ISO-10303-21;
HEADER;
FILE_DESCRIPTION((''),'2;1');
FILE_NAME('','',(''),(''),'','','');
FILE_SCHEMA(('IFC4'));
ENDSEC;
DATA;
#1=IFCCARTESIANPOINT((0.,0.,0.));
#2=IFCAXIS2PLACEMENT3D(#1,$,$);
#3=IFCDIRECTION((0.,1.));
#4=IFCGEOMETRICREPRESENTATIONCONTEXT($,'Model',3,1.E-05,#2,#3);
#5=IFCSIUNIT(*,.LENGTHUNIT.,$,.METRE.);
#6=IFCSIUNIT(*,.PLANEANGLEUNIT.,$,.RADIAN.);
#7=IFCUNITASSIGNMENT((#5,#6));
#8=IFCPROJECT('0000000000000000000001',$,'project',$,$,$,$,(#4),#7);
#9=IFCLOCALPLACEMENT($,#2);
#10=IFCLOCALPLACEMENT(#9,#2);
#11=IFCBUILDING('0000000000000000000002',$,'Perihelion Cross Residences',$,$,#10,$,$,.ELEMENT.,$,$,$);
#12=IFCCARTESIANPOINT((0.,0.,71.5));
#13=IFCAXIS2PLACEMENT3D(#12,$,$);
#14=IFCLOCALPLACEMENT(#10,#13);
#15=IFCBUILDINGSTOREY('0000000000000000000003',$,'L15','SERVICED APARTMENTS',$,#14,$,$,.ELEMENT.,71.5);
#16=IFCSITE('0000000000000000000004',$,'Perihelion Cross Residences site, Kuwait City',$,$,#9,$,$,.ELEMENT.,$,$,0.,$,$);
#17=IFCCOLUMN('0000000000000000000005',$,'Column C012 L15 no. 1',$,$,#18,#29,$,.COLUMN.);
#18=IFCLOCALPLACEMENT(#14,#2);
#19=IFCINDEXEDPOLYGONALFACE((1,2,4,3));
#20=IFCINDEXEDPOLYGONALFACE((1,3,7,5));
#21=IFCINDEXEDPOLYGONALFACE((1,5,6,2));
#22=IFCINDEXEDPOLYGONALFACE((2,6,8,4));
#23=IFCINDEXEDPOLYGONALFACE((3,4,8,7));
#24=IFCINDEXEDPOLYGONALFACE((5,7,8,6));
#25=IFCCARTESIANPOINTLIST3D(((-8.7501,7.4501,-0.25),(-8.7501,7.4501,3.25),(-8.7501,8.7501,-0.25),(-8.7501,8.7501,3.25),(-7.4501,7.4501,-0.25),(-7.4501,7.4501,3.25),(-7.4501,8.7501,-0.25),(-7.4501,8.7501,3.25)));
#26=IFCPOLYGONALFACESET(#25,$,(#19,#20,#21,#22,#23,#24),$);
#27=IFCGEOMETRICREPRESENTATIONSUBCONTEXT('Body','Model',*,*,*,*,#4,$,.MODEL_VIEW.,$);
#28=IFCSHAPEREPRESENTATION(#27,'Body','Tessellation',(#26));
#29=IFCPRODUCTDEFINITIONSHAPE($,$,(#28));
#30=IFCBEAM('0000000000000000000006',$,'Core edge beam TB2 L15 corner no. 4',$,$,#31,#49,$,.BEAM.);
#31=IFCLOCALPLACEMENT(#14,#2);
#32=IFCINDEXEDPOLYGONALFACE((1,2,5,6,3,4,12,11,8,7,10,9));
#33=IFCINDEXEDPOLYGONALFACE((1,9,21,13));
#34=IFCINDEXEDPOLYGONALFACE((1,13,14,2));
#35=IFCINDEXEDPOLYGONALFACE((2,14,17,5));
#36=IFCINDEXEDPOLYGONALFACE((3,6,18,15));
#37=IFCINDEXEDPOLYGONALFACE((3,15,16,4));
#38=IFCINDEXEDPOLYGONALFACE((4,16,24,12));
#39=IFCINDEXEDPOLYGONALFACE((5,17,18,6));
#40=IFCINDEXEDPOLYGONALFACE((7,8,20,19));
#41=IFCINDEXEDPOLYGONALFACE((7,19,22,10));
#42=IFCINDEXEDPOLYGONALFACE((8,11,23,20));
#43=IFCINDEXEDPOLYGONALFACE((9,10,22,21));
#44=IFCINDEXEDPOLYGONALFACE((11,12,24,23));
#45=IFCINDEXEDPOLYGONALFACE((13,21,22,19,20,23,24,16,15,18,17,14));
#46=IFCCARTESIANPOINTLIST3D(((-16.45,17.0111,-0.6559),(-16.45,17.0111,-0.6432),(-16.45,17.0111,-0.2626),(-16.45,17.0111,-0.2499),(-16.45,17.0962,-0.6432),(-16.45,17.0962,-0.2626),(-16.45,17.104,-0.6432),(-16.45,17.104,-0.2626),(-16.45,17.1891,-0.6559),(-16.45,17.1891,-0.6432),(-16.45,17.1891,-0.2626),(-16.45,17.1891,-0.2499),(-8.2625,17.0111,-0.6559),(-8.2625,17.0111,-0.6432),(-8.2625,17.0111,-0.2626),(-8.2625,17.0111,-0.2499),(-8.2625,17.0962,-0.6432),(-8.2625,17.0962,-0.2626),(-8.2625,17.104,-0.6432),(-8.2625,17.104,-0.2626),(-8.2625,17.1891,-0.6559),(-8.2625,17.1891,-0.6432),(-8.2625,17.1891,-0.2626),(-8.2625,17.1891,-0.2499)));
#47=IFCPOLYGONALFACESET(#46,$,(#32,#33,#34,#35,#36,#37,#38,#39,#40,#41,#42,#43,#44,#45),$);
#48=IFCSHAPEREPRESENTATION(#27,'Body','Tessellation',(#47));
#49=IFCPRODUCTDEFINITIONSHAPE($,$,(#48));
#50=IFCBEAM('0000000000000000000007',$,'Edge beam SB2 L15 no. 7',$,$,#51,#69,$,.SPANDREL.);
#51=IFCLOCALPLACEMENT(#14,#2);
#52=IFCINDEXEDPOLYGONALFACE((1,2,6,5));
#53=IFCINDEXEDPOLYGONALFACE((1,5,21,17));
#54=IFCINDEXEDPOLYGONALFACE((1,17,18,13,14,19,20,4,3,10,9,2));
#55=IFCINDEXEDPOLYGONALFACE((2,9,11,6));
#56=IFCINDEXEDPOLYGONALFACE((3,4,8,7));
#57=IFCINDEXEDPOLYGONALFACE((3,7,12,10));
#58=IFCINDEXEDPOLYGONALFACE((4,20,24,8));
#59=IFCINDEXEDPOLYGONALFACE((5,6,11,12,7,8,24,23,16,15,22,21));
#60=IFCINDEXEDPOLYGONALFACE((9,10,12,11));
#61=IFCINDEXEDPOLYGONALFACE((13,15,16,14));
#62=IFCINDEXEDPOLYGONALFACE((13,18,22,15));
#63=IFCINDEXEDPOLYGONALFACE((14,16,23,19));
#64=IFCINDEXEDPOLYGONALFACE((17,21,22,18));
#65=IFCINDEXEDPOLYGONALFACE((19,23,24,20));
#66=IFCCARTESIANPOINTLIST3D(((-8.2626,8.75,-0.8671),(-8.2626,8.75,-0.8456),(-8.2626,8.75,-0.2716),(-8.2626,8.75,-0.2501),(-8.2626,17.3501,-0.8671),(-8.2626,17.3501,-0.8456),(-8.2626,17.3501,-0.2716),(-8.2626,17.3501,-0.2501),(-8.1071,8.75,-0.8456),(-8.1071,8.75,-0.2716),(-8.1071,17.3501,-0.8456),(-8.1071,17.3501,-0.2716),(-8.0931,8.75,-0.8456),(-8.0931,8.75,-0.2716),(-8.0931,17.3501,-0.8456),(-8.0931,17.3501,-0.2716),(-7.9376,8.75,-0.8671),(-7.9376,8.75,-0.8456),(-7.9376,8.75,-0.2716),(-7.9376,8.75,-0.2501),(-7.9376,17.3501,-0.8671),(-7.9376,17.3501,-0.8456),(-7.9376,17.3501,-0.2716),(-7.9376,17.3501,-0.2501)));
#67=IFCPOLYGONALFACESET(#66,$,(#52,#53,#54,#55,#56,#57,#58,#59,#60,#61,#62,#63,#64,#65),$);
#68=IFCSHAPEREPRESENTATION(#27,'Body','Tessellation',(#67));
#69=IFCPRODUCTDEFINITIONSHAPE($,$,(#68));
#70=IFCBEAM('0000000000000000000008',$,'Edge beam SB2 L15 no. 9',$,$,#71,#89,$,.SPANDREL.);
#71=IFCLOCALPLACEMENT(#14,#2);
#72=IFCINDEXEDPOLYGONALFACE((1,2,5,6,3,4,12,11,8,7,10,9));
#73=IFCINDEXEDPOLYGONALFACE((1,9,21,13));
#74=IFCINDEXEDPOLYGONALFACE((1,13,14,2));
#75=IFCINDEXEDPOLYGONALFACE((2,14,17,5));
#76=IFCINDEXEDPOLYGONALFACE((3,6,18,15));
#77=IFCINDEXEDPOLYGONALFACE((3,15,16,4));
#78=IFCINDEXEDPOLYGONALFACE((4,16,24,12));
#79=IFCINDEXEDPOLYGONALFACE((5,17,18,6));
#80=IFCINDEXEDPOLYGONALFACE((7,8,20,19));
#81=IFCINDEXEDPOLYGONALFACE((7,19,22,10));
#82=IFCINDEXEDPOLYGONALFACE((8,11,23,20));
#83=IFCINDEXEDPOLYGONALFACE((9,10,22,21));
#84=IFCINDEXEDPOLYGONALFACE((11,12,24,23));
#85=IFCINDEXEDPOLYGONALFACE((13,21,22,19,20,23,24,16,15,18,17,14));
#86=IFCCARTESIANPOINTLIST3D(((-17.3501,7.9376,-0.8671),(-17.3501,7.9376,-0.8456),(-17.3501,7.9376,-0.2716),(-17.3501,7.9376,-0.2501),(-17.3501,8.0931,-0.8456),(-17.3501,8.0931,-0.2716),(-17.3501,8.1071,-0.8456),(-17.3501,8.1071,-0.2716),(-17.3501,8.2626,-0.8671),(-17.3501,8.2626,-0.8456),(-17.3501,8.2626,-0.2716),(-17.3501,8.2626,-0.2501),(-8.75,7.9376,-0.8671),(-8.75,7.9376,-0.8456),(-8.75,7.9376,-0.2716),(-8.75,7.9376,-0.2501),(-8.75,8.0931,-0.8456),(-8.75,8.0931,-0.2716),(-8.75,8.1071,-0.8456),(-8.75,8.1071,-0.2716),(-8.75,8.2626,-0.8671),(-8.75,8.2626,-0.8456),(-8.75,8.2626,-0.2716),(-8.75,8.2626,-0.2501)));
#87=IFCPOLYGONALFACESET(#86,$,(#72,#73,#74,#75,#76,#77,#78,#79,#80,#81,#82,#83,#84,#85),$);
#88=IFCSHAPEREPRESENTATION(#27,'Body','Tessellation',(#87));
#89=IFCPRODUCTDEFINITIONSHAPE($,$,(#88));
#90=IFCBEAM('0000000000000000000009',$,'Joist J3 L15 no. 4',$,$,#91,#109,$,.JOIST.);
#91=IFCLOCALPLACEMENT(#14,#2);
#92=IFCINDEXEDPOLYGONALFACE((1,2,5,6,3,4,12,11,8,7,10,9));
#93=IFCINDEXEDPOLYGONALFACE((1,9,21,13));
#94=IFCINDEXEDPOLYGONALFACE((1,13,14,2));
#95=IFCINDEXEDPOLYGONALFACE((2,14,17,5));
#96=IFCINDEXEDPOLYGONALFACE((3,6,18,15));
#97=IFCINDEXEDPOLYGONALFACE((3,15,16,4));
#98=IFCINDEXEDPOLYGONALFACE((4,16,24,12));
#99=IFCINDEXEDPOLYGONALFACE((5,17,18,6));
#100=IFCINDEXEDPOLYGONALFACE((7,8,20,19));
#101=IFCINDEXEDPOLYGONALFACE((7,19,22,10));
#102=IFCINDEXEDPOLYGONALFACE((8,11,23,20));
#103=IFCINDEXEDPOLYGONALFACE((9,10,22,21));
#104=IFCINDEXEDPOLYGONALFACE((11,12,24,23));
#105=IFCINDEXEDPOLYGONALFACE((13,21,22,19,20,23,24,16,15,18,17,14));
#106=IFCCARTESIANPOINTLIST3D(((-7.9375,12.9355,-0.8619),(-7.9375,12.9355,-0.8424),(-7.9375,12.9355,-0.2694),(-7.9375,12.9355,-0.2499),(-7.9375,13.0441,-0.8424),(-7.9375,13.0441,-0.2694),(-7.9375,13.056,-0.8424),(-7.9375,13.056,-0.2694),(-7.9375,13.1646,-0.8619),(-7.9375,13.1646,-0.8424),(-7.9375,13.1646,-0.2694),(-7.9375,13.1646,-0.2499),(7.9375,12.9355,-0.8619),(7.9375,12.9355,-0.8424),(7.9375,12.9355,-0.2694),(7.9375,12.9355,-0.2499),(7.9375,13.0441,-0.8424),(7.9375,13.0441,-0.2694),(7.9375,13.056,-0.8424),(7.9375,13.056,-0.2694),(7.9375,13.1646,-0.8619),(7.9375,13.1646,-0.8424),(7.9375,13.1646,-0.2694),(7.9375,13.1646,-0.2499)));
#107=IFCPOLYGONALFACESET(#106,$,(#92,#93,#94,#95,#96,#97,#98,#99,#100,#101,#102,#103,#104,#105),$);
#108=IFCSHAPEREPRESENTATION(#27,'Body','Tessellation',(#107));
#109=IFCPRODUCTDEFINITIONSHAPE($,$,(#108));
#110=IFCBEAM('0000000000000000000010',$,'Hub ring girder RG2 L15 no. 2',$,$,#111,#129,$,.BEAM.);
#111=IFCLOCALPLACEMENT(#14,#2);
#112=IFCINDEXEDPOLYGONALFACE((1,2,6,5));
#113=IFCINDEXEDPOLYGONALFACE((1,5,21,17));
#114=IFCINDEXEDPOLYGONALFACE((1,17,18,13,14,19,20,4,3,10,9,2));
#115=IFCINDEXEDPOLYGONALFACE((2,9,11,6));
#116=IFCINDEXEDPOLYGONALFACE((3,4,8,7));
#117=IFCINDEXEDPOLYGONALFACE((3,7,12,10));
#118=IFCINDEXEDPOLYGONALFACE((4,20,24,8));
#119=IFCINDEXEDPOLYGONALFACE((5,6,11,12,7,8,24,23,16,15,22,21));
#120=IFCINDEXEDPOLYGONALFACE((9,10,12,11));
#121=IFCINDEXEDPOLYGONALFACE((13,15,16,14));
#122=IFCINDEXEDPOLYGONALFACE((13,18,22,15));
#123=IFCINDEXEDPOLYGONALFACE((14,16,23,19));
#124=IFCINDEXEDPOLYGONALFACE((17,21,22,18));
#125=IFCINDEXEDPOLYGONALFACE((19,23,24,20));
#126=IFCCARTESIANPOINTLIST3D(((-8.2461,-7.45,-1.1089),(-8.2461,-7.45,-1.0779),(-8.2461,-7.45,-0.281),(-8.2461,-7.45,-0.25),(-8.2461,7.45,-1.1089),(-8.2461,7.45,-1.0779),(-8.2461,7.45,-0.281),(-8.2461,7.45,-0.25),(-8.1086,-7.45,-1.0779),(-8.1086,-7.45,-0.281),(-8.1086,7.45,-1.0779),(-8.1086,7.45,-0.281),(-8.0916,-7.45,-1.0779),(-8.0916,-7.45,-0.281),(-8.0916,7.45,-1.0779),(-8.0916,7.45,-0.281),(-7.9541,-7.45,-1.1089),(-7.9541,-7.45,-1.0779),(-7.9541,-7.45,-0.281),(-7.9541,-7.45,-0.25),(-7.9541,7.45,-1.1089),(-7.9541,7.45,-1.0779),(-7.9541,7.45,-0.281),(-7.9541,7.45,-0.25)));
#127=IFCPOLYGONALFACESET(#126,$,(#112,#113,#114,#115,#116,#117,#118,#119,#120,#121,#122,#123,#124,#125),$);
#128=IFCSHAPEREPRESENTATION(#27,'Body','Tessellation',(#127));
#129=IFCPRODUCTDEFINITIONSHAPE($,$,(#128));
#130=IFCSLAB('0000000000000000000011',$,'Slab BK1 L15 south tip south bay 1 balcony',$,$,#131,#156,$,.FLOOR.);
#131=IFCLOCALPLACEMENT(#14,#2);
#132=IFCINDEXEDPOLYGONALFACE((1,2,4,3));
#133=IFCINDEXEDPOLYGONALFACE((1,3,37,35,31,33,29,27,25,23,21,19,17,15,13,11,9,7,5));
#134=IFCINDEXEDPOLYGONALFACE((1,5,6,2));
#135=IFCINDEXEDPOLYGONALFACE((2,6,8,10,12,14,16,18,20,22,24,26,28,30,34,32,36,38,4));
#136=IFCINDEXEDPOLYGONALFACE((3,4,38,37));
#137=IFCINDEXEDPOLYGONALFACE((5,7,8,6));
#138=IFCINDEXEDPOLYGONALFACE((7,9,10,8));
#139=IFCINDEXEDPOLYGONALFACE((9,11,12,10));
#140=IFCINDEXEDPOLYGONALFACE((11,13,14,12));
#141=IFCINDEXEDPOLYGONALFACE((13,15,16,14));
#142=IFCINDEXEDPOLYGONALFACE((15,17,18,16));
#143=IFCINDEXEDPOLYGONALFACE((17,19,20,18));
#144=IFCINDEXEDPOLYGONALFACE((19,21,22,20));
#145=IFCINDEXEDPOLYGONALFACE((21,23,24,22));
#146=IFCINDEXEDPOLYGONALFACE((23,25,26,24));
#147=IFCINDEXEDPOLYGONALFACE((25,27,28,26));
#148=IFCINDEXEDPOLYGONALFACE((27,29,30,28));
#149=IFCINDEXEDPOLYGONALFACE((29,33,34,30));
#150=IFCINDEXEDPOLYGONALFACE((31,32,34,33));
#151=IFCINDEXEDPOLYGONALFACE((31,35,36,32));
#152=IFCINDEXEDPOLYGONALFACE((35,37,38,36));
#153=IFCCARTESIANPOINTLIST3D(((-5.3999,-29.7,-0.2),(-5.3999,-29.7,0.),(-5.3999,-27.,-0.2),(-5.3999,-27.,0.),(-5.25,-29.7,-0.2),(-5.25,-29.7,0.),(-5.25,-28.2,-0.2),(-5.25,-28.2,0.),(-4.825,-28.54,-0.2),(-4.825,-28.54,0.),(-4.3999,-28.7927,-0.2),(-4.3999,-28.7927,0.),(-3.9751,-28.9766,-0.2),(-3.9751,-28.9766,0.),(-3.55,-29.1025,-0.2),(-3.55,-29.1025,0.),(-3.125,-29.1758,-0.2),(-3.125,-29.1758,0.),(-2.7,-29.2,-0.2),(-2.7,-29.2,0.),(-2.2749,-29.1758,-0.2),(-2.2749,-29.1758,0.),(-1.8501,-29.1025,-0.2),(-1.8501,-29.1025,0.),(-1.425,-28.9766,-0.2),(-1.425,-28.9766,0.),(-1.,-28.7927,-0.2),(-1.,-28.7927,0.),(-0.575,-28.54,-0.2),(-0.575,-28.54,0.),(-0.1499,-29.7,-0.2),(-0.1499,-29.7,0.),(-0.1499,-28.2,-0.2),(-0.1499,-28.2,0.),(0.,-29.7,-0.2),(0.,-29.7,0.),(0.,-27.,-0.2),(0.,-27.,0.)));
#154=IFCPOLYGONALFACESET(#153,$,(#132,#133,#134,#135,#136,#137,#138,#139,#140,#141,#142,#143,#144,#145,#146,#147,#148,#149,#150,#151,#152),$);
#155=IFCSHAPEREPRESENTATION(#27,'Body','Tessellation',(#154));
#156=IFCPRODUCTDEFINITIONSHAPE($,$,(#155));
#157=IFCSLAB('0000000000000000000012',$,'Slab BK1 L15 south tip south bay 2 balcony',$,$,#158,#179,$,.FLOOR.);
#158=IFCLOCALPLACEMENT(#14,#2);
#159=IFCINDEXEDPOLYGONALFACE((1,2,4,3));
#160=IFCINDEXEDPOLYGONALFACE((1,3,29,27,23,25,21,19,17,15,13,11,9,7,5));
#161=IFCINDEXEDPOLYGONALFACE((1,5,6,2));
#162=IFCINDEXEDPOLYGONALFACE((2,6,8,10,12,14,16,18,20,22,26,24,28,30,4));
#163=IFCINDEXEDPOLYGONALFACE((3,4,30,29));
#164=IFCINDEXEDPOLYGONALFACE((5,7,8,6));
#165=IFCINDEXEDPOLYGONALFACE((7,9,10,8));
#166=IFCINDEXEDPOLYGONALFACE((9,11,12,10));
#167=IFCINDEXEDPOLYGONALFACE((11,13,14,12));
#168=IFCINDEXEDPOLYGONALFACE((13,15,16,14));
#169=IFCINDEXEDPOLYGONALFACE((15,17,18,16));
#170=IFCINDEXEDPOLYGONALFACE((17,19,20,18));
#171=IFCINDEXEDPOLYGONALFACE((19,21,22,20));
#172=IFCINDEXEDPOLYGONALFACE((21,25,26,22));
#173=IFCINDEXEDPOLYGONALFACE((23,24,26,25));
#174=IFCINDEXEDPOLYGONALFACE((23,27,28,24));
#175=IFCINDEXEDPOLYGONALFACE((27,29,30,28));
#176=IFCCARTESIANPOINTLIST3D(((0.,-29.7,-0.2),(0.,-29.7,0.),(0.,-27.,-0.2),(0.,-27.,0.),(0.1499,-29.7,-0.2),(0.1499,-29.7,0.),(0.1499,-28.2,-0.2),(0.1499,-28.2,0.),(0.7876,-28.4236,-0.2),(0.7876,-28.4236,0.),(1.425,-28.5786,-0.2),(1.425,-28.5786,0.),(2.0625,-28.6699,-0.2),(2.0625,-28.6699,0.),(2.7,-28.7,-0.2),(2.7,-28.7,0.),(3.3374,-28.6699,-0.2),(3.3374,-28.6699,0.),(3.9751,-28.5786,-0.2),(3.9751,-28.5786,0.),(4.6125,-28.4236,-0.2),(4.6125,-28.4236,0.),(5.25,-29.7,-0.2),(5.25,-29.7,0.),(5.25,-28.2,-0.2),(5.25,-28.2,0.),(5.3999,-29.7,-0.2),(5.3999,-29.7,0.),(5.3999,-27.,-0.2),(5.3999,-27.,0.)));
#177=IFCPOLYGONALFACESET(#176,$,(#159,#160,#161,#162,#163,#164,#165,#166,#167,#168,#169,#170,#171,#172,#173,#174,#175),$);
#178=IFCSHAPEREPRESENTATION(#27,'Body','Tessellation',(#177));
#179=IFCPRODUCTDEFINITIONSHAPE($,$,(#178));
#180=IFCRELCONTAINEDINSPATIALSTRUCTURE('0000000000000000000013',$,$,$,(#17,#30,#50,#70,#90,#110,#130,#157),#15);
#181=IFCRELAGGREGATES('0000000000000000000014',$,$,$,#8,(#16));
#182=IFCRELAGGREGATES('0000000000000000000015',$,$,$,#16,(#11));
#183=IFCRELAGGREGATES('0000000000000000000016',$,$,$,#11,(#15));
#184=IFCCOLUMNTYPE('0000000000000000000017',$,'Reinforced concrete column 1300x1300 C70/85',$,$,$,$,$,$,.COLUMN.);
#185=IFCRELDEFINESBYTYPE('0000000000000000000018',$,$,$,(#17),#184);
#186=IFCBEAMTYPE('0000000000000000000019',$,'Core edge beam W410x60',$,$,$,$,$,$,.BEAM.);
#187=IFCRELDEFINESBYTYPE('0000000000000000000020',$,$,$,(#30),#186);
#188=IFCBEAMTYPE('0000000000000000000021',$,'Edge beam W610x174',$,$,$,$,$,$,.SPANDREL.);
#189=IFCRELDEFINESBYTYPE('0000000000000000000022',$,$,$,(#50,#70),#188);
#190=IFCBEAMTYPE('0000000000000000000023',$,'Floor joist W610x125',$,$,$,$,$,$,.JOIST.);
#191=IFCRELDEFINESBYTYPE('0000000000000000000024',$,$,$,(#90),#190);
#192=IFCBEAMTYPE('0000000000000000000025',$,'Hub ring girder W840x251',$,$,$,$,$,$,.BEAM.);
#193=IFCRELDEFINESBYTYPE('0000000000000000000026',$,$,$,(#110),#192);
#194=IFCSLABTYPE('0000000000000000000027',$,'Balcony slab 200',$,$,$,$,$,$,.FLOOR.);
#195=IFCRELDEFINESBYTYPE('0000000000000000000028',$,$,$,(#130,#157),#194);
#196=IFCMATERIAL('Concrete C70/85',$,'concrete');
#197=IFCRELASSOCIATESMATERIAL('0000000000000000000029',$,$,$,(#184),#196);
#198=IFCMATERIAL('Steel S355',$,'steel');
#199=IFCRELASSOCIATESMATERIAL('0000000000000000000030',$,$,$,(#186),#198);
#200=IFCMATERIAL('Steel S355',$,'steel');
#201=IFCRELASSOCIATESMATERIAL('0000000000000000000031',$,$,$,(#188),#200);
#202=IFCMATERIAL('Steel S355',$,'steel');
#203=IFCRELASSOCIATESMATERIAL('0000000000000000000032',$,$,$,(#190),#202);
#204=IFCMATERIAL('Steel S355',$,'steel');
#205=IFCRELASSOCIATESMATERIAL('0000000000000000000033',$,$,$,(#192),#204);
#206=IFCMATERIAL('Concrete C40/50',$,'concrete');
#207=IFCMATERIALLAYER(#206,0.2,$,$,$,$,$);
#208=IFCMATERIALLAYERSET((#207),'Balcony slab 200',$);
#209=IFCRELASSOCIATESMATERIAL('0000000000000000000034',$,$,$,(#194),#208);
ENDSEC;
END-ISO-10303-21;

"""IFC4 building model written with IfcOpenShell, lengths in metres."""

from ifc_helpers import new_model, si_unit, direction, frame, origin, origin_2d, place, context, subcontext, project, spatial, polyline, rectangle, i_section, outline, extrude, material, layer, layer_set, material_profile, profile_set, type_object, element, save


model = new_model("IFC4")

# Units and contexts
model_context = context("Model", 3, precision=1e-05, world=origin(), true_north=direction((0.0, 1.0)))
body_context = subcontext(model_context, "Body", "Model", "MODEL_VIEW")
ifc_project = project(units=[si_unit("LENGTHUNIT", "METRE"), si_unit("PLANEANGLEUNIT", "RADIAN")], contexts=[model_context])

# Site, building, storey
site_placement = place(None, origin())
site = spatial("IfcSite", under=ifc_project, at=site_placement, Name="Perihelion Cross Residences site, Kuwait City", CompositionType="ELEMENT", RefElevation=0.0)
building_placement = place(site_placement, origin())
building = spatial("IfcBuilding", under=site, at=building_placement, Name="Perihelion Cross Residences", CompositionType="ELEMENT")
storey_placement = place(building_placement, frame((0.0, 0.0, 71.5)))
storey = spatial("IfcBuildingStorey", under=building, at=storey_placement, Name="L15", Description="SERVICED APARTMENTS", CompositionType="ELEMENT", Elevation=71.5)

# Column
ifc_material_1 = material(Name="Concrete C70/85", Category="concrete")
ifc_material_profile_1 = material_profile(ifc_material_1, rectangle(XDim=1.3, YDim=1.3, at=origin_2d()), Name="RC 1300x1300")
ifc_profile_set_1 = profile_set([ifc_material_profile_1], Name="Concrete C70/85")
column_type = type_object("IfcColumnType", Name="Reinforced concrete column 1300x1300 C70/85", PredefinedType="COLUMN", material=ifc_profile_set_1)
column_placement = place(storey_placement, frame((-8.1001, 8.1001, -0.25), z_axis=(0.0, 0.0, 1.0), x_axis=(1.0, 0.0, 0.0)))
element("IfcColumn", 1, at=column_placement, inside=storey, type_object=column_type, Name="Column C012 L15 no. 1", PredefinedType="COLUMN", context=body_context, shape_type="SweptSolid", body=[
    extrude(rectangle(XDim=1.3, YDim=1.3, at=origin_2d()), origin(), (0.0, 0.0, 1.0), 3.5),
])

# Beams
ifc_material_2 = material(Name="Steel S355", Category="steel")
ifc_material_profile_2 = material_profile(ifc_material_2, i_section(OverallWidth=0.178, OverallDepth=0.406, WebThickness=0.0078, FlangeThickness=0.0127, at=origin_2d()), Name="W410x60")
ifc_profile_set_2 = profile_set([ifc_material_profile_2], Name="Steel S355")
beam_type_1 = type_object("IfcBeamType", Name="Core edge beam W410x60", PredefinedType="BEAM", material=ifc_profile_set_2)
beam_1_placement = place(storey_placement, frame((-8.2625, 17.1001, -0.4529), z_axis=(-1.0, 0.0, 0.0), x_axis=(0.0, -1.0, 0.0)))
element("IfcBeam", 2, at=beam_1_placement, inside=storey, type_object=beam_type_1, Name="Core edge beam TB2 L15 corner no. 4", PredefinedType="BEAM", context=body_context, shape_type="SweptSolid", body=[
    extrude(i_section(OverallWidth=0.178, OverallDepth=0.406, WebThickness=0.0078, FlangeThickness=0.0127, at=origin_2d()), origin(), (0.0, 0.0, 1.0), 8.1875),
])
ifc_material_3 = material(Name="Steel S355", Category="steel")
ifc_material_profile_3 = material_profile(ifc_material_3, i_section(OverallWidth=0.325, OverallDepth=0.6169, WebThickness=0.0139, FlangeThickness=0.0215, at=origin_2d()), Name="W610x174")
ifc_profile_set_3 = profile_set([ifc_material_profile_3], Name="Steel S355")
beam_type_2 = type_object("IfcBeamType", Name="Edge beam W610x174", PredefinedType="SPANDREL", material=ifc_profile_set_3)
for number, where, z_axis, x_axis, name in (
    (3, (-8.1001, 17.3501, -0.5586), (0.0, -1.0, 0.0), (1.0, 0.0, 0.0), "Edge beam SB2 L15 no. 7"),
    (4, (-8.75, 8.1001, -0.5586), (-1.0, 0.0, 0.0), (0.0, -1.0, 0.0), "Edge beam SB2 L15 no. 9"),
):
    element("IfcBeam", number, at=place(storey_placement, frame(where, z_axis=z_axis, x_axis=x_axis)), inside=storey, type_object=beam_type_2, Name=name, PredefinedType="SPANDREL", context=body_context, shape_type="SweptSolid", body=[
        extrude(i_section(OverallWidth=0.325, OverallDepth=0.6169, WebThickness=0.0139, FlangeThickness=0.0215, at=origin_2d()), origin(), (0.0, 0.0, 1.0), 8.6001),
    ])
ifc_material_4 = material(Name="Steel S355", Category="steel")
ifc_material_profile_4 = material_profile(ifc_material_4, i_section(OverallWidth=0.229, OverallDepth=0.6121, WebThickness=0.012, FlangeThickness=0.0195, at=origin_2d()), Name="W610x125")
ifc_profile_set_4 = profile_set([ifc_material_profile_4], Name="Steel S355")
beam_type_3 = type_object("IfcBeamType", Name="Floor joist W610x125", PredefinedType="JOIST", material=ifc_profile_set_4)
beam_2_placement = place(storey_placement, frame((-7.9375, 13.05, -0.5559), z_axis=(1.0, 0.0, 0.0), x_axis=(0.0, 1.0, 0.0)))
element("IfcBeam", 5, at=beam_2_placement, inside=storey, type_object=beam_type_3, Name="Joist J3 L15 no. 4", PredefinedType="JOIST", context=body_context, shape_type="SweptSolid", body=[
    extrude(i_section(OverallWidth=0.229, OverallDepth=0.6121, WebThickness=0.012, FlangeThickness=0.0195, at=origin_2d()), origin(), (0.0, 0.0, 1.0), 15.875),
])
ifc_material_5 = material(Name="Steel S355", Category="steel")
ifc_material_profile_5 = material_profile(ifc_material_5, i_section(OverallWidth=0.292, OverallDepth=0.8589, WebThickness=0.0171, FlangeThickness=0.031, at=origin_2d()), Name="W840x251")
ifc_profile_set_5 = profile_set([ifc_material_profile_5], Name="Steel S355")
beam_type_4 = type_object("IfcBeamType", Name="Hub ring girder W840x251", PredefinedType="BEAM", material=ifc_profile_set_5)
beam_3_placement = place(storey_placement, frame((-8.1001, 7.45, -0.6794), z_axis=(0.0, -1.0, 0.0), x_axis=(1.0, 0.0, 0.0)))
element("IfcBeam", 6, at=beam_3_placement, inside=storey, type_object=beam_type_4, Name="Hub ring girder RG2 L15 no. 2", PredefinedType="BEAM", context=body_context, shape_type="SweptSolid", body=[
    extrude(i_section(OverallWidth=0.292, OverallDepth=0.8589, WebThickness=0.0171, FlangeThickness=0.031, at=origin_2d()), origin(), (0.0, 0.0, 1.0), 14.8999),
])

# Slabs
ifc_material_6 = material(Name="Concrete C40/50", Category="concrete")
ifc_layer_1 = layer(ifc_material_6, 0.2)
ifc_layer_set_1 = layer_set([ifc_layer_1], Name="Balcony slab 200")
slab_type_1 = type_object("IfcSlabType", Name="Balcony slab 200", PredefinedType="FLOOR", material=ifc_layer_set_1)
slab_1_placement = place(storey_placement, frame((0.0, 0.0, -0.2)))
element("IfcSlab", 7, at=slab_1_placement, inside=storey, type_object=slab_type_1, Name="Slab BK1 L15 south tip south bay 1 balcony", PredefinedType="FLOOR", context=body_context, shape_type="SweptSolid", body=[
    extrude(outline(polyline([(-5.3999, -27.0), (0.0, -27.0), (0.0, -29.7), (-0.1499, -29.7), (-0.1499, -28.2), (-0.575, -28.54), (-1.0, -28.7927), (-1.425, -28.9766), (-1.8501, -29.1025), (-2.2749, -29.1758), (-2.7, -29.2), (-3.125, -29.1758), (-3.55, -29.1025), (-3.9751, -28.9766), (-4.3999, -28.7927), (-4.825, -28.54), (-5.25, -28.2), (-5.25, -29.7), (-5.3999, -29.7), (-5.3999, -27.0)])), origin(), (0.0, 0.0, 1.0), 0.2),
])
slab_2_placement = place(storey_placement, frame((0.0, 0.0, -0.2)))
element("IfcSlab", 8, at=slab_2_placement, inside=storey, type_object=slab_type_1, Name="Slab BK1 L15 south tip south bay 2 balcony", PredefinedType="FLOOR", context=body_context, shape_type="SweptSolid", body=[
    extrude(outline(polyline([(0.0, -27.0), (5.3999, -27.0), (5.3999, -29.7), (5.25, -29.7), (5.25, -28.2), (4.6125, -28.4236), (3.9751, -28.5786), (3.3374, -28.6699), (2.7, -28.7), (2.0625, -28.6699), (1.425, -28.5786), (0.7876, -28.4236), (0.1499, -28.2), (0.1499, -29.7), (0.0, -29.7), (0.0, -27.0)])), origin(), (0.0, 0.0, 1.0), 0.2),
])

save(model, "model.ifc")
